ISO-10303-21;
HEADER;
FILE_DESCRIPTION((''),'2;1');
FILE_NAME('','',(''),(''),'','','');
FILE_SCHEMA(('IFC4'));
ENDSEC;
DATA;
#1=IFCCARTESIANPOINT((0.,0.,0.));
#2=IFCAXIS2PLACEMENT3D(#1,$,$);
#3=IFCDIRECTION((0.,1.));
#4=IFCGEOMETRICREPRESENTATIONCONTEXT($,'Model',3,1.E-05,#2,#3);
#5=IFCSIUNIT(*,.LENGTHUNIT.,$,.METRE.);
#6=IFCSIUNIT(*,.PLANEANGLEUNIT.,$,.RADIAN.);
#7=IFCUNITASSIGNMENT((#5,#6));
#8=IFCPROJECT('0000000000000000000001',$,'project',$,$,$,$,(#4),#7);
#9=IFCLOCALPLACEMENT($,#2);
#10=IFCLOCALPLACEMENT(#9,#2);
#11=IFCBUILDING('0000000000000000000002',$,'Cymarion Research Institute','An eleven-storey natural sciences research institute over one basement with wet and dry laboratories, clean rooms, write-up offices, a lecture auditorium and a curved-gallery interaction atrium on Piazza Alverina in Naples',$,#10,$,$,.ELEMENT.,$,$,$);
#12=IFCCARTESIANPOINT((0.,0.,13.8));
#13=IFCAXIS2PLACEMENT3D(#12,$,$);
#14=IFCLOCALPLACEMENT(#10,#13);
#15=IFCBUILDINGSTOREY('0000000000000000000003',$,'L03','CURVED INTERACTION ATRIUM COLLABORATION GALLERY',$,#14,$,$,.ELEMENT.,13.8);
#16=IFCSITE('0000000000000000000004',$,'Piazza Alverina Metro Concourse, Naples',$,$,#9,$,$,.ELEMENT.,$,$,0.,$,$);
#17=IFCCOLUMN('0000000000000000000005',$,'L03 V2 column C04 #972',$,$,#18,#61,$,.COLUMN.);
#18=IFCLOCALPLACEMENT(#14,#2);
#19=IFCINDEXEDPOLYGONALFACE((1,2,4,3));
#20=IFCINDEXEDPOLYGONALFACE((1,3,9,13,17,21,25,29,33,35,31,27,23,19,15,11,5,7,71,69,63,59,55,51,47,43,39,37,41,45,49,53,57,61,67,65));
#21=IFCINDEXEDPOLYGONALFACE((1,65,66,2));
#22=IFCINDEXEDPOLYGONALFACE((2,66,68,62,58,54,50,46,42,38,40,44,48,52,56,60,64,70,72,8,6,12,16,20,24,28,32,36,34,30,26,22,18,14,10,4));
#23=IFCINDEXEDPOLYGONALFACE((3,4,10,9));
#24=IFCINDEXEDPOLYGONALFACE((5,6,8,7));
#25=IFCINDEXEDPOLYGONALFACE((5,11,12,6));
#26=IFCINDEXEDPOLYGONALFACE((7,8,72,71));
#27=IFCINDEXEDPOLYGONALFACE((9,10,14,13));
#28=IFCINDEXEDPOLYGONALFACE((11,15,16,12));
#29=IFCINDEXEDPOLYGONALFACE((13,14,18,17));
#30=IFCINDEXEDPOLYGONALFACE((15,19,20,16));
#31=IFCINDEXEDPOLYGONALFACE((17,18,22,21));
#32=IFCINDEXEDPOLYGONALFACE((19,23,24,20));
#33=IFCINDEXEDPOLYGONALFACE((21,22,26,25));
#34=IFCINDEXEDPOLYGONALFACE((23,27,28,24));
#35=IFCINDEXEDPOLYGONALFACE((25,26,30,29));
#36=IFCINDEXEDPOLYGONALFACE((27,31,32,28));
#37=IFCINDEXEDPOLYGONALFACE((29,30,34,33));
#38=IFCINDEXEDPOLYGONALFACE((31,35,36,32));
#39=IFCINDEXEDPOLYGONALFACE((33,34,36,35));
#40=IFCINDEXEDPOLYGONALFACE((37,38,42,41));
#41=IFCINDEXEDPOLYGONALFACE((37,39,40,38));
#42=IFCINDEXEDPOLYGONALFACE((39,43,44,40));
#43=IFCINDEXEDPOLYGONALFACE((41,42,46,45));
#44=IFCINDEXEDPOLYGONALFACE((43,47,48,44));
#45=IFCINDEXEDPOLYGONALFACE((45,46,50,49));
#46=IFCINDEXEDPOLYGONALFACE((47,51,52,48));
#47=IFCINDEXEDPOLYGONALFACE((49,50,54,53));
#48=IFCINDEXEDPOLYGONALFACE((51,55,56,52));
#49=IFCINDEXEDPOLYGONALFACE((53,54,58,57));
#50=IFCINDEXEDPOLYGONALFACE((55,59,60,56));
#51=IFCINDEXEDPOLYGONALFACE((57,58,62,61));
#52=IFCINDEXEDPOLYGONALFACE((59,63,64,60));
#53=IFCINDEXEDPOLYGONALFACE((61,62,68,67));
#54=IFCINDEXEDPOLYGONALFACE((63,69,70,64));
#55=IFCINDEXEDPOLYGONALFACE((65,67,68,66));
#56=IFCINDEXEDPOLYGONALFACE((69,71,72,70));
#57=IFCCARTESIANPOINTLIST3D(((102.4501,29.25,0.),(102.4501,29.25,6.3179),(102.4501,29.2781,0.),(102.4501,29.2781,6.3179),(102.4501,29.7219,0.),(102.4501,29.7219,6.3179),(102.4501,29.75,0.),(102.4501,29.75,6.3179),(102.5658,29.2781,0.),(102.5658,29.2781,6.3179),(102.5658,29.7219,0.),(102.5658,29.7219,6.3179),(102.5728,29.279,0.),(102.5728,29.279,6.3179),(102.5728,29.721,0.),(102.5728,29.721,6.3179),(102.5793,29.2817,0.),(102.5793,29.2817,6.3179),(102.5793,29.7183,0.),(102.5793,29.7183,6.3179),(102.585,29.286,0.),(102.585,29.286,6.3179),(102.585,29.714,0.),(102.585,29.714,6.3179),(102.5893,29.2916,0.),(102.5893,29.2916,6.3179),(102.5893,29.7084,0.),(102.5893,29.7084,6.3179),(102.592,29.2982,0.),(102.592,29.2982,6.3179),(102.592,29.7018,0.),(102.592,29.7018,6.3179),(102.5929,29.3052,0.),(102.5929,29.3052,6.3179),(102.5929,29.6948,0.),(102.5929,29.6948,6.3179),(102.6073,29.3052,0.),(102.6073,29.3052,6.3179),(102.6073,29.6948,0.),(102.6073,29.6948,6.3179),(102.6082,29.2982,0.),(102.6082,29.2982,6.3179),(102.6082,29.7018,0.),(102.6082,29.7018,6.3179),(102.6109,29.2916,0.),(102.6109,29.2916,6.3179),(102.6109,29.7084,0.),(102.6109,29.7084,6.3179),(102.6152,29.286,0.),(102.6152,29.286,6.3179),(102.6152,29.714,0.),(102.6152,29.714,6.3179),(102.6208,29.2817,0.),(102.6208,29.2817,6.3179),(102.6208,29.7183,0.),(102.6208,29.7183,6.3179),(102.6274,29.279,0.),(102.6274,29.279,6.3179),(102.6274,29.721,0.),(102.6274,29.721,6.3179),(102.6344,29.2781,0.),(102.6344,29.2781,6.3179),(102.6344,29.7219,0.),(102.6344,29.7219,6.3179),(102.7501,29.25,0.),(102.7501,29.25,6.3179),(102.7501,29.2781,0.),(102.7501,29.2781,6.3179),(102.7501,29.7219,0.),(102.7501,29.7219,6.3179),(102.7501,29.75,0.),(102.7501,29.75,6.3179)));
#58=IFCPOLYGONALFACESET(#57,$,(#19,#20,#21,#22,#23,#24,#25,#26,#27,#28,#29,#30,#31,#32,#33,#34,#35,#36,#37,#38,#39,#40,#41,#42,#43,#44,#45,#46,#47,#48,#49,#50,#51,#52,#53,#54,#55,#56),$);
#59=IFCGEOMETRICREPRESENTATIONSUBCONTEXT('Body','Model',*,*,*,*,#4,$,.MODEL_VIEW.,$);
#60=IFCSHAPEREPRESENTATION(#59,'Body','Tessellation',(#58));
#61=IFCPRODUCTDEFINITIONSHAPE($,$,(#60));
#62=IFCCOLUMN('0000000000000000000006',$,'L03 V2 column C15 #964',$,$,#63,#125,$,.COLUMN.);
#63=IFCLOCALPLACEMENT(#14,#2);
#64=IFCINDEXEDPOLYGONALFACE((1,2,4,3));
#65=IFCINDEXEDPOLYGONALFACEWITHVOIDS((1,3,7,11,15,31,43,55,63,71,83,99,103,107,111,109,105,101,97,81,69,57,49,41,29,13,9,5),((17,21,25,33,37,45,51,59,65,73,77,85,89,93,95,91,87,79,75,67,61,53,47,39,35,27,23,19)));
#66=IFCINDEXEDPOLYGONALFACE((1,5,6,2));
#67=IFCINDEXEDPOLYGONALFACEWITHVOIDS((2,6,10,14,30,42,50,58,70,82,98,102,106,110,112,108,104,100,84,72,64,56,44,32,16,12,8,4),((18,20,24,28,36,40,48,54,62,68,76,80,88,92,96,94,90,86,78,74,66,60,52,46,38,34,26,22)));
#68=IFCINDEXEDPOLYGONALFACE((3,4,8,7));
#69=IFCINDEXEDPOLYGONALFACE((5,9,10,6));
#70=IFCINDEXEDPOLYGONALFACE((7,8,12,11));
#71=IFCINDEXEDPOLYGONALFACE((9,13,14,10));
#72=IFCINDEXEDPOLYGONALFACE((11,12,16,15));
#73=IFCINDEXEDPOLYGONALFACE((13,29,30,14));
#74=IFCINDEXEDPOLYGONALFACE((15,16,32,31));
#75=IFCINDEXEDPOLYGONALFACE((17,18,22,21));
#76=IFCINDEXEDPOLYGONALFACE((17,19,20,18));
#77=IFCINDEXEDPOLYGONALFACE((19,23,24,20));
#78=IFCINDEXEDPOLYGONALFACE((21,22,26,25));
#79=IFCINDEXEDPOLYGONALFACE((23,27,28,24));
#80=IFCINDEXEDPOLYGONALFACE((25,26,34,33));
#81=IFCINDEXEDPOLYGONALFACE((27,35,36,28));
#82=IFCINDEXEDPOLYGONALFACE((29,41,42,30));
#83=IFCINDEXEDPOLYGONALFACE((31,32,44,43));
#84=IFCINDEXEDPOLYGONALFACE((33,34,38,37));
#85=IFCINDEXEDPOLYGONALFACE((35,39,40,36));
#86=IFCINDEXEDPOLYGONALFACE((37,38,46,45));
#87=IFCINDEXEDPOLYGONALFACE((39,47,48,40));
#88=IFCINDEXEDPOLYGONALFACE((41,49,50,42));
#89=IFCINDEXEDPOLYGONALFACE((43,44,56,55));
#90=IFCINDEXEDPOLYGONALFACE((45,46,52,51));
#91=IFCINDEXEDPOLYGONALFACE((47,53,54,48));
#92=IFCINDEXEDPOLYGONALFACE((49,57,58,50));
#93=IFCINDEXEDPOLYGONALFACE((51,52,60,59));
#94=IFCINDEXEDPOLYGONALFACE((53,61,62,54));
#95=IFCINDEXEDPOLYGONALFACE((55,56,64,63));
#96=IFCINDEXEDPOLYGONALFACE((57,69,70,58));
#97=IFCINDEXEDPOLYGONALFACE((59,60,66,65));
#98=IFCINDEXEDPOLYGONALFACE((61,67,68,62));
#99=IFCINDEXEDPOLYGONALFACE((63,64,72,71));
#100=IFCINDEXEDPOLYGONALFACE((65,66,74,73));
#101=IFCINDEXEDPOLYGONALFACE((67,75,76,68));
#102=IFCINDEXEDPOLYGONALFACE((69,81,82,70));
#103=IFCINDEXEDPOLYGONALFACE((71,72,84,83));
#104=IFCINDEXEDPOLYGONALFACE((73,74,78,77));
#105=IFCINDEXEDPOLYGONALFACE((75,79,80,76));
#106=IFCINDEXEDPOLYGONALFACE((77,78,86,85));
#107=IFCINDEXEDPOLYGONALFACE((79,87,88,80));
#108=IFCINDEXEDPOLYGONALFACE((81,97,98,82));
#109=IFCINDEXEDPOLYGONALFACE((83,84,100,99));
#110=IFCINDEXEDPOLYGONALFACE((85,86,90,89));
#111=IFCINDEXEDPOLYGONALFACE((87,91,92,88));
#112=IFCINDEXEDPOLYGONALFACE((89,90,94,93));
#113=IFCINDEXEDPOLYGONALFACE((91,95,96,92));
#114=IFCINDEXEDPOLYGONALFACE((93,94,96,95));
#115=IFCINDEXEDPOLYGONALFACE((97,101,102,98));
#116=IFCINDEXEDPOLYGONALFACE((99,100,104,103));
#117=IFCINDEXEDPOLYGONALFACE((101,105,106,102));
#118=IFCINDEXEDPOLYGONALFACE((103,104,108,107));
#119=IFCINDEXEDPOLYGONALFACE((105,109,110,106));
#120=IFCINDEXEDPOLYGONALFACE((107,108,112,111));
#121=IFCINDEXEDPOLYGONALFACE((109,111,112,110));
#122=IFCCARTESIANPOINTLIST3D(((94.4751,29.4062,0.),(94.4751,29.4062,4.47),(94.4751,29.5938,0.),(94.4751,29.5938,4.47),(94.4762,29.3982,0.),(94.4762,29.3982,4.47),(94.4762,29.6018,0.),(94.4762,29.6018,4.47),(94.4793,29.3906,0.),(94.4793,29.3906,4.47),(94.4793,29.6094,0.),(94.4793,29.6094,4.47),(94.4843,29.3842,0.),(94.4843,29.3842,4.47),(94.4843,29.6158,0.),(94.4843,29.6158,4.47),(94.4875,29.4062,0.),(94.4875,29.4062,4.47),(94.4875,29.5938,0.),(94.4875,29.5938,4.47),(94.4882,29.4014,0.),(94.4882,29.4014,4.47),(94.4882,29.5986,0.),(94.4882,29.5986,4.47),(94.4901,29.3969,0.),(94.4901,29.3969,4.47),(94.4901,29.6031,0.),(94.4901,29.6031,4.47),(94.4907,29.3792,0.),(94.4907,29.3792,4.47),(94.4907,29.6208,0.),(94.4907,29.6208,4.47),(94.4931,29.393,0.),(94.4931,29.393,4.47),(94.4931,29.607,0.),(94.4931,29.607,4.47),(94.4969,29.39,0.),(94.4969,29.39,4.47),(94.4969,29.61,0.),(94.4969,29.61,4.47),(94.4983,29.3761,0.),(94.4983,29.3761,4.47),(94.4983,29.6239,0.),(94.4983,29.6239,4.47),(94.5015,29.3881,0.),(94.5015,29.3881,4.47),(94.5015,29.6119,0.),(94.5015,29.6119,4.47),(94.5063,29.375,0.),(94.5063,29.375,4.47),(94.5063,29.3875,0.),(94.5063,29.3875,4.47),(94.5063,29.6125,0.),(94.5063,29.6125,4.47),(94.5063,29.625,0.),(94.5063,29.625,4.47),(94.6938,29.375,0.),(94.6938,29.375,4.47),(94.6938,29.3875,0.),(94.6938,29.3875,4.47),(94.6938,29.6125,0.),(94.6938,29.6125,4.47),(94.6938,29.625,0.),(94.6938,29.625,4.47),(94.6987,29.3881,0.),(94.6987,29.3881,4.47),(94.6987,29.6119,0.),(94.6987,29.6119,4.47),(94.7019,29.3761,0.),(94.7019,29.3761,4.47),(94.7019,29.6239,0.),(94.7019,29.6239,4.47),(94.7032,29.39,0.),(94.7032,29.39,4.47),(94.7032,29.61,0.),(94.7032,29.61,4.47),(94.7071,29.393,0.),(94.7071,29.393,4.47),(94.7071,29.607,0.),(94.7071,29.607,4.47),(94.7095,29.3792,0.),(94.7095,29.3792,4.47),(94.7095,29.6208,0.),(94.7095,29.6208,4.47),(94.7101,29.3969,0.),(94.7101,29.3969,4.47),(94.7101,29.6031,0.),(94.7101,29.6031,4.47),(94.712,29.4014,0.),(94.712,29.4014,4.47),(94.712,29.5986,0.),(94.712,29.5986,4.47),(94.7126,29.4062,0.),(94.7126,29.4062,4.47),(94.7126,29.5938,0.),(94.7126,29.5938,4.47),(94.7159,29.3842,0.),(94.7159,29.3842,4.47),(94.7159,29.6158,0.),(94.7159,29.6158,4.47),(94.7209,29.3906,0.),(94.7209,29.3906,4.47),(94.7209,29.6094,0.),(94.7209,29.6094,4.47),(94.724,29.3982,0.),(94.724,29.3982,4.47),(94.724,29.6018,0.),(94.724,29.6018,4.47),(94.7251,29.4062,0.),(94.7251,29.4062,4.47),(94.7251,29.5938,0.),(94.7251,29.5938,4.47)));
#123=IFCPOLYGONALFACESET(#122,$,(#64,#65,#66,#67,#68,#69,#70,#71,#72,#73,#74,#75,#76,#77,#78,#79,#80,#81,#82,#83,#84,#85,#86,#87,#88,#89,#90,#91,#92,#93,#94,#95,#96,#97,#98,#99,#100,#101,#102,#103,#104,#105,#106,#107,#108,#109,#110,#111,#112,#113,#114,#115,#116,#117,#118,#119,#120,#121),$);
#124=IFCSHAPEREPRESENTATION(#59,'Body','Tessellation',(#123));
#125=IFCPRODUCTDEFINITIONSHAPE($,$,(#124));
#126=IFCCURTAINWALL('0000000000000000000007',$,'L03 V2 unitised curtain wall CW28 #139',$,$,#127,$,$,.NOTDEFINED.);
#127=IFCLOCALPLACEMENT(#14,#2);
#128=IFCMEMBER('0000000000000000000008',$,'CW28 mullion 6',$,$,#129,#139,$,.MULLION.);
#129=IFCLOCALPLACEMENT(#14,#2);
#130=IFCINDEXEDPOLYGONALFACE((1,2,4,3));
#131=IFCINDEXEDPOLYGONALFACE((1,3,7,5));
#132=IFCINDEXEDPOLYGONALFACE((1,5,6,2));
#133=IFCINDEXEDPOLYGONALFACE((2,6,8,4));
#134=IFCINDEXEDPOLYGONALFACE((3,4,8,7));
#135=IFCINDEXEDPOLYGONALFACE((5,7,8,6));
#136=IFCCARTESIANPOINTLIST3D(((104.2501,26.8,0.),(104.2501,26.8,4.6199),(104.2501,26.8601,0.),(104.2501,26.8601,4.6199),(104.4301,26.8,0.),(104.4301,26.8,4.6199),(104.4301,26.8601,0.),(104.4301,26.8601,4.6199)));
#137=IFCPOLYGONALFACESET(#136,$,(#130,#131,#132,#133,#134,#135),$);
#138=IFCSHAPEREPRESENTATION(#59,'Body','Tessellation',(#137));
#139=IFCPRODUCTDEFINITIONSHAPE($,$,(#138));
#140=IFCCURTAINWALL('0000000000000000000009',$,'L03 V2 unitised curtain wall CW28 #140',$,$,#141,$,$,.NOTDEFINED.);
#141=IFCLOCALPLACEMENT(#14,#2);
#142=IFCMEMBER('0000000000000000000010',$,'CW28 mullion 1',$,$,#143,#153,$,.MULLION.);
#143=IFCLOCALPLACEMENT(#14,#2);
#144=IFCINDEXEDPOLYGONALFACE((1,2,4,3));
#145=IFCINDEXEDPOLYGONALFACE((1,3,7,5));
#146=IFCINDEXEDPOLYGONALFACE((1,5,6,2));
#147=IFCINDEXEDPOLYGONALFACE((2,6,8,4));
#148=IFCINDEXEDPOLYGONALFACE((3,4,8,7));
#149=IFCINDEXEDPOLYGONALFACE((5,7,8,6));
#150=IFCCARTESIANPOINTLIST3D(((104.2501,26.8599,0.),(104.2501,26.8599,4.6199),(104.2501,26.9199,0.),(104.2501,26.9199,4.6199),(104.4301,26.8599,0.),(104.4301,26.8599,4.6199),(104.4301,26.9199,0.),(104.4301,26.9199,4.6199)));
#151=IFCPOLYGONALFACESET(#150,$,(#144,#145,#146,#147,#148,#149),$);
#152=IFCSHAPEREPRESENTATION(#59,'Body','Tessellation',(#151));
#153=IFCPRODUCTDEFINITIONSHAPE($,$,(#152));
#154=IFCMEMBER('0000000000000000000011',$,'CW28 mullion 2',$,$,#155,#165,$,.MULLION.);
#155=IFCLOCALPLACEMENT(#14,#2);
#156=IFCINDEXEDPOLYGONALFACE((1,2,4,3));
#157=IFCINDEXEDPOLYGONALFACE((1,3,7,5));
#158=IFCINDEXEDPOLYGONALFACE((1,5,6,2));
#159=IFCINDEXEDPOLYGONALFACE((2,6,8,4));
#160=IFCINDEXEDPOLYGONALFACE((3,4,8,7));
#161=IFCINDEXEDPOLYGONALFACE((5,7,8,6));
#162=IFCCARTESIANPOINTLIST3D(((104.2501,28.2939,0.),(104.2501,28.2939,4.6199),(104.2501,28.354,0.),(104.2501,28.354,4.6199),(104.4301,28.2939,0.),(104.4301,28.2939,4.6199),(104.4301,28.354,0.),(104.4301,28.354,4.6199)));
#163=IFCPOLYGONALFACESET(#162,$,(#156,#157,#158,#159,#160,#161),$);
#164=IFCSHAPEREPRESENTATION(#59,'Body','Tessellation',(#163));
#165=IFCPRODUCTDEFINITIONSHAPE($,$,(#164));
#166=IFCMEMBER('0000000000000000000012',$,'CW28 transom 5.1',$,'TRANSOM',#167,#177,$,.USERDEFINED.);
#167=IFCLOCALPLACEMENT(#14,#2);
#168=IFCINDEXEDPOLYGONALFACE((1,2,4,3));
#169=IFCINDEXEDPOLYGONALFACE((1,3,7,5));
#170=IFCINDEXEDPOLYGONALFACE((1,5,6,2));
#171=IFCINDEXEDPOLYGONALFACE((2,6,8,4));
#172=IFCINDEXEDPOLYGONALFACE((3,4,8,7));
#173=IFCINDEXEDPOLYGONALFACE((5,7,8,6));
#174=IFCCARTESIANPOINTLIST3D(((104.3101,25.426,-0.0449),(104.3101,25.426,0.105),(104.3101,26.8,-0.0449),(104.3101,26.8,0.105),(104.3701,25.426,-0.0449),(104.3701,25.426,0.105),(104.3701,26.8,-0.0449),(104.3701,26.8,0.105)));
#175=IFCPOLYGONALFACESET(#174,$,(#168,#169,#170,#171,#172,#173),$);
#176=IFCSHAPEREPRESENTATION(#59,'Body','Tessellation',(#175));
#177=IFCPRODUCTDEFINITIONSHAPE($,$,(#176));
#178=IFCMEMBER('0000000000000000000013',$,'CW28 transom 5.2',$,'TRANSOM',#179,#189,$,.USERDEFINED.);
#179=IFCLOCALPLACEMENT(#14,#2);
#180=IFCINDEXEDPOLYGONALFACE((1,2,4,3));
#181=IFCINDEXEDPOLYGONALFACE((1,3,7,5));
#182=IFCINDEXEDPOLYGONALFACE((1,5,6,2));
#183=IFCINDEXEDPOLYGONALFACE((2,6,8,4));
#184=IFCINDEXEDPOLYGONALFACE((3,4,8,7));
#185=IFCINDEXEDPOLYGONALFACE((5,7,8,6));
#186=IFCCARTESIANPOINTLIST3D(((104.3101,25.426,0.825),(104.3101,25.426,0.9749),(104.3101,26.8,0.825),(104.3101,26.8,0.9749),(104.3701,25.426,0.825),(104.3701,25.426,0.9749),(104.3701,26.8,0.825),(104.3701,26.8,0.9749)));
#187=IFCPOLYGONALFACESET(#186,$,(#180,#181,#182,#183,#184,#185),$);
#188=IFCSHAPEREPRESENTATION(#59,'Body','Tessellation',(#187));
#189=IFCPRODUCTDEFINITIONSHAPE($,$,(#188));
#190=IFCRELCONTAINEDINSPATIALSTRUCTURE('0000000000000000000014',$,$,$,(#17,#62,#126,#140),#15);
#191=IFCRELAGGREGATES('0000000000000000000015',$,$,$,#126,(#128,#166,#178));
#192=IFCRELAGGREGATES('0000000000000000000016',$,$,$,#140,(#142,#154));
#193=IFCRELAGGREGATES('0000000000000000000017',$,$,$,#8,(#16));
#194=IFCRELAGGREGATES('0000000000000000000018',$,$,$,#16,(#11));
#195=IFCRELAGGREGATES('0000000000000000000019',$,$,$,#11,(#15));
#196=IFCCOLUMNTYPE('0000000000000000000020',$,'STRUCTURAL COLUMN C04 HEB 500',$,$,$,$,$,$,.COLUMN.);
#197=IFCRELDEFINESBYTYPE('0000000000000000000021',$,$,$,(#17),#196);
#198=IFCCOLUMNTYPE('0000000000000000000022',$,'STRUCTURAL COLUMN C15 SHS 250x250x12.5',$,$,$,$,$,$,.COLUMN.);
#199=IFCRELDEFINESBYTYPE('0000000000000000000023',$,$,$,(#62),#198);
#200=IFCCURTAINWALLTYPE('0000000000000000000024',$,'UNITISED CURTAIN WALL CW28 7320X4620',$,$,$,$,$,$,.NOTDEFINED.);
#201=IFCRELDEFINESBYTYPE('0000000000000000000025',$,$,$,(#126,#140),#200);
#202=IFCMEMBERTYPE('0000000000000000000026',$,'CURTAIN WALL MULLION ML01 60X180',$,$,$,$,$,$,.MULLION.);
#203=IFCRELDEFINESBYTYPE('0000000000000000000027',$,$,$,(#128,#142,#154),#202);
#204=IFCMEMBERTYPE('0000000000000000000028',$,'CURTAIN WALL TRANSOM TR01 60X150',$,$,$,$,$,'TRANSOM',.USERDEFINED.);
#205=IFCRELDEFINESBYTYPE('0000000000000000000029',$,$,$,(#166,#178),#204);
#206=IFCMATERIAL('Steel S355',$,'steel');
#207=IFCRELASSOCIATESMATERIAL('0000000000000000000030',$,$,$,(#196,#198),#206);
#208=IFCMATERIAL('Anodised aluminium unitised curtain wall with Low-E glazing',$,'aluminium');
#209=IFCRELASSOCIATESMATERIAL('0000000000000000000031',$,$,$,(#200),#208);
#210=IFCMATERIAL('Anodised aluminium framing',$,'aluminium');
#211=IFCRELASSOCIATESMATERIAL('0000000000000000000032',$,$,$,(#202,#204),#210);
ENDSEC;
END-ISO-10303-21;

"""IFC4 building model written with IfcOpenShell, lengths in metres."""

from ifc_helpers import new_model, si_unit, direction, frame, origin, origin_2d, place, context, subcontext, project, spatial, rectangle, hollow_rectangle, i_section, extrude, material, material_profile, profile_set, type_object, element, aggregate, save


model = new_model("IFC4")

# Units and contexts
model_context = context("Model", 3, precision=1e-05, world=origin(), true_north=direction((0.0, 1.0)))
body_context = subcontext(model_context, "Body", "Model", "MODEL_VIEW")
ifc_project = project(units=[si_unit("LENGTHUNIT", "METRE"), si_unit("PLANEANGLEUNIT", "RADIAN")], contexts=[model_context])

# Site, building, storey
site_placement = place(None, origin())
site = spatial("IfcSite", under=ifc_project, at=site_placement, Name="Piazza Alverina Metro Concourse, Naples", CompositionType="ELEMENT", RefElevation=0.0)
building_placement = place(site_placement, origin())
building = spatial("IfcBuilding", under=site, at=building_placement, Name="Cymarion Research Institute", Description="An eleven-storey natural sciences research institute over one basement with wet and dry laboratories, clean rooms, write-up offices, a lecture auditorium and a curved-gallery interaction atrium on Piazza Alverina in Naples", CompositionType="ELEMENT")
storey_placement = place(building_placement, frame((0.0, 0.0, 13.8)))
storey = spatial("IfcBuildingStorey", under=building, at=storey_placement, Name="L03", Description="CURVED INTERACTION ATRIUM COLLABORATION GALLERY", CompositionType="ELEMENT", Elevation=13.8)

# Columns
ifc_material_1 = material(Name="Steel S355", Category="steel")
ifc_material_profile_1 = material_profile(ifc_material_1, i_section(OverallWidth=0.3, OverallDepth=0.5, WebThickness=0.0144, FlangeThickness=0.0281, FilletRadius=0.0271, at=origin_2d()), Name="HEB 500")
ifc_profile_set_1 = profile_set([ifc_material_profile_1], Name="Steel S355")
column_type_1 = type_object("IfcColumnType", Name="STRUCTURAL COLUMN C04 HEB 500", PredefinedType="COLUMN", material=ifc_profile_set_1)
column_1_placement = place(storey_placement, frame((102.6001, 29.5, 0.0), z_axis=(0.0, 0.0, 1.0), x_axis=(1.0, 0.0, 0.0)))
element("IfcColumn", 1, at=column_1_placement, inside=storey, type_object=column_type_1, Name="L03 V2 column C04 #972", PredefinedType="COLUMN", context=body_context, shape_type="SweptSolid", body=[
    extrude(i_section(OverallWidth=0.3, OverallDepth=0.5, WebThickness=0.0144, FlangeThickness=0.0281, FilletRadius=0.0271, at=origin_2d()), origin(), (0.0, 0.0, 1.0), 6.3179),
])
ifc_material_profile_2 = material_profile(ifc_material_1, hollow_rectangle(XDim=0.25, YDim=0.25, WallThickness=0.0125, InnerFilletRadius=0.0188, OuterFilletRadius=0.0312, at=origin_2d()), Name="SHS 250x250x12.5")
ifc_profile_set_2 = profile_set([ifc_material_profile_2], Name="Steel S355")
column_type_2 = type_object("IfcColumnType", Name="STRUCTURAL COLUMN C15 SHS 250x250x12.5", PredefinedType="COLUMN", material=ifc_profile_set_2)
column_2_placement = place(storey_placement, frame((94.6001, 29.5, 0.0), z_axis=(0.0, 0.0, 1.0), x_axis=(1.0, 0.0, 0.0)))
element("IfcColumn", 2, at=column_2_placement, inside=storey, type_object=column_type_2, Name="L03 V2 column C15 #964", PredefinedType="COLUMN", context=body_context, shape_type="SweptSolid", body=[
    extrude(hollow_rectangle(XDim=0.25, YDim=0.25, WallThickness=0.0125, InnerFilletRadius=0.0188, OuterFilletRadius=0.0312, at=origin_2d()), origin(), (0.0, 0.0, 1.0), 4.47),
])

# Curtain wall, member
ifc_material_2 = material(Name="Anodised aluminium unitised curtain wall with Low-E glazing", Category="aluminium")
curtain_wall_type = type_object("IfcCurtainWallType", Name="UNITISED CURTAIN WALL CW28 7320X4620", PredefinedType="NOTDEFINED", material=ifc_material_2)
curtain_wall_1_placement = place(storey_placement, origin())
curtain_wall_1 = element("IfcCurtainWall", 3, at=curtain_wall_1_placement, inside=storey, type_object=curtain_wall_type, Name="L03 V2 unitised curtain wall CW28 #139", PredefinedType="NOTDEFINED")
ifc_material_3 = material(Name="Anodised aluminium framing", Category="aluminium")
ifc_material_profile_3 = material_profile(ifc_material_3, rectangle(XDim=0.0601, YDim=0.1799, at=origin_2d()), Name="ALU MULLION 60x180")
ifc_profile_set_3 = profile_set([ifc_material_profile_3], Name="Anodised aluminium framing")
member_type_1 = type_object("IfcMemberType", Name="CURTAIN WALL MULLION ML01 60X180", PredefinedType="MULLION", material=ifc_profile_set_3)
member_1_placement = place(storey_placement, frame((104.3401, 26.8301, 0.0), z_axis=(0.0, 0.0, 1.0), x_axis=(0.0, 1.0, 0.0)))
member_1 = element("IfcMember", 4, at=member_1_placement, type_object=member_type_1, Name="CW28 mullion 6", PredefinedType="MULLION", context=body_context, shape_type="SweptSolid", body=[
    extrude(rectangle(XDim=0.0601, YDim=0.1799, at=origin_2d()), origin(), (0.0, 0.0, 1.0), 4.6199),
])

# Curtain wall, members
curtain_wall_2_placement = place(storey_placement, origin())
curtain_wall_2 = element("IfcCurtainWall", 5, at=curtain_wall_2_placement, inside=storey, type_object=curtain_wall_type, Name="L03 V2 unitised curtain wall CW28 #140", PredefinedType="NOTDEFINED")
member_2_placement = place(storey_placement, frame((104.3401, 26.8899, 0.0), z_axis=(0.0, 0.0, 1.0), x_axis=(0.0, 1.0, 0.0)))
member_2 = element("IfcMember", 6, at=member_2_placement, type_object=member_type_1, Name="CW28 mullion 1", PredefinedType="MULLION", context=body_context, shape_type="SweptSolid", body=[
    extrude(rectangle(XDim=0.0601, YDim=0.1799, at=origin_2d()), origin(), (0.0, 0.0, 1.0), 4.6199),
])
member_3_placement = place(storey_placement, frame((104.3401, 28.324, 0.0), z_axis=(0.0, 0.0, 1.0), x_axis=(0.0, 1.0, 0.0)))
member_3 = element("IfcMember", 7, at=member_3_placement, type_object=member_type_1, Name="CW28 mullion 2", PredefinedType="MULLION", context=body_context, shape_type="SweptSolid", body=[
    extrude(rectangle(XDim=0.0601, YDim=0.1799, at=origin_2d()), origin(), (0.0, 0.0, 1.0), 4.6199),
])

# Members
ifc_material_profile_4 = material_profile(ifc_material_3, rectangle(XDim=0.0601, YDim=0.1499, at=origin_2d()), Name="ALU TRANSOM 60x150")
ifc_profile_set_4 = profile_set([ifc_material_profile_4], Name="Anodised aluminium framing")
member_type_2 = type_object("IfcMemberType", Name="CURTAIN WALL TRANSOM TR01 60X150", ElementType="TRANSOM", PredefinedType="USERDEFINED", material=ifc_profile_set_4)
member_4_placement = place(storey_placement, frame((104.3401, 25.426, 0.03), z_axis=(0.0, 1.0, 0.0), x_axis=(-1.0, 0.0, 0.0)))
member_4 = element("IfcMember", 8, at=member_4_placement, type_object=member_type_2, Name="CW28 transom 5.1", ObjectType="TRANSOM", PredefinedType="USERDEFINED", context=body_context, shape_type="SweptSolid", body=[
    extrude(rectangle(XDim=0.0601, YDim=0.1499, at=origin_2d()), origin(), (0.0, 0.0, 1.0), 1.374),
])
member_5_placement = place(storey_placement, frame((104.3401, 25.426, 0.8999), z_axis=(0.0, 1.0, 0.0), x_axis=(-1.0, 0.0, 0.0)))
member_5 = element("IfcMember", 9, at=member_5_placement, type_object=member_type_2, Name="CW28 transom 5.2", ObjectType="TRANSOM", PredefinedType="USERDEFINED", context=body_context, shape_type="SweptSolid", body=[
    extrude(rectangle(XDim=0.0601, YDim=0.1499, at=origin_2d()), origin(), (0.0, 0.0, 1.0), 1.374),
])

aggregate(curtain_wall_1, [member_1, member_4, member_5])
aggregate(curtain_wall_2, [member_2, member_3])

save(model, "model.ifc")
